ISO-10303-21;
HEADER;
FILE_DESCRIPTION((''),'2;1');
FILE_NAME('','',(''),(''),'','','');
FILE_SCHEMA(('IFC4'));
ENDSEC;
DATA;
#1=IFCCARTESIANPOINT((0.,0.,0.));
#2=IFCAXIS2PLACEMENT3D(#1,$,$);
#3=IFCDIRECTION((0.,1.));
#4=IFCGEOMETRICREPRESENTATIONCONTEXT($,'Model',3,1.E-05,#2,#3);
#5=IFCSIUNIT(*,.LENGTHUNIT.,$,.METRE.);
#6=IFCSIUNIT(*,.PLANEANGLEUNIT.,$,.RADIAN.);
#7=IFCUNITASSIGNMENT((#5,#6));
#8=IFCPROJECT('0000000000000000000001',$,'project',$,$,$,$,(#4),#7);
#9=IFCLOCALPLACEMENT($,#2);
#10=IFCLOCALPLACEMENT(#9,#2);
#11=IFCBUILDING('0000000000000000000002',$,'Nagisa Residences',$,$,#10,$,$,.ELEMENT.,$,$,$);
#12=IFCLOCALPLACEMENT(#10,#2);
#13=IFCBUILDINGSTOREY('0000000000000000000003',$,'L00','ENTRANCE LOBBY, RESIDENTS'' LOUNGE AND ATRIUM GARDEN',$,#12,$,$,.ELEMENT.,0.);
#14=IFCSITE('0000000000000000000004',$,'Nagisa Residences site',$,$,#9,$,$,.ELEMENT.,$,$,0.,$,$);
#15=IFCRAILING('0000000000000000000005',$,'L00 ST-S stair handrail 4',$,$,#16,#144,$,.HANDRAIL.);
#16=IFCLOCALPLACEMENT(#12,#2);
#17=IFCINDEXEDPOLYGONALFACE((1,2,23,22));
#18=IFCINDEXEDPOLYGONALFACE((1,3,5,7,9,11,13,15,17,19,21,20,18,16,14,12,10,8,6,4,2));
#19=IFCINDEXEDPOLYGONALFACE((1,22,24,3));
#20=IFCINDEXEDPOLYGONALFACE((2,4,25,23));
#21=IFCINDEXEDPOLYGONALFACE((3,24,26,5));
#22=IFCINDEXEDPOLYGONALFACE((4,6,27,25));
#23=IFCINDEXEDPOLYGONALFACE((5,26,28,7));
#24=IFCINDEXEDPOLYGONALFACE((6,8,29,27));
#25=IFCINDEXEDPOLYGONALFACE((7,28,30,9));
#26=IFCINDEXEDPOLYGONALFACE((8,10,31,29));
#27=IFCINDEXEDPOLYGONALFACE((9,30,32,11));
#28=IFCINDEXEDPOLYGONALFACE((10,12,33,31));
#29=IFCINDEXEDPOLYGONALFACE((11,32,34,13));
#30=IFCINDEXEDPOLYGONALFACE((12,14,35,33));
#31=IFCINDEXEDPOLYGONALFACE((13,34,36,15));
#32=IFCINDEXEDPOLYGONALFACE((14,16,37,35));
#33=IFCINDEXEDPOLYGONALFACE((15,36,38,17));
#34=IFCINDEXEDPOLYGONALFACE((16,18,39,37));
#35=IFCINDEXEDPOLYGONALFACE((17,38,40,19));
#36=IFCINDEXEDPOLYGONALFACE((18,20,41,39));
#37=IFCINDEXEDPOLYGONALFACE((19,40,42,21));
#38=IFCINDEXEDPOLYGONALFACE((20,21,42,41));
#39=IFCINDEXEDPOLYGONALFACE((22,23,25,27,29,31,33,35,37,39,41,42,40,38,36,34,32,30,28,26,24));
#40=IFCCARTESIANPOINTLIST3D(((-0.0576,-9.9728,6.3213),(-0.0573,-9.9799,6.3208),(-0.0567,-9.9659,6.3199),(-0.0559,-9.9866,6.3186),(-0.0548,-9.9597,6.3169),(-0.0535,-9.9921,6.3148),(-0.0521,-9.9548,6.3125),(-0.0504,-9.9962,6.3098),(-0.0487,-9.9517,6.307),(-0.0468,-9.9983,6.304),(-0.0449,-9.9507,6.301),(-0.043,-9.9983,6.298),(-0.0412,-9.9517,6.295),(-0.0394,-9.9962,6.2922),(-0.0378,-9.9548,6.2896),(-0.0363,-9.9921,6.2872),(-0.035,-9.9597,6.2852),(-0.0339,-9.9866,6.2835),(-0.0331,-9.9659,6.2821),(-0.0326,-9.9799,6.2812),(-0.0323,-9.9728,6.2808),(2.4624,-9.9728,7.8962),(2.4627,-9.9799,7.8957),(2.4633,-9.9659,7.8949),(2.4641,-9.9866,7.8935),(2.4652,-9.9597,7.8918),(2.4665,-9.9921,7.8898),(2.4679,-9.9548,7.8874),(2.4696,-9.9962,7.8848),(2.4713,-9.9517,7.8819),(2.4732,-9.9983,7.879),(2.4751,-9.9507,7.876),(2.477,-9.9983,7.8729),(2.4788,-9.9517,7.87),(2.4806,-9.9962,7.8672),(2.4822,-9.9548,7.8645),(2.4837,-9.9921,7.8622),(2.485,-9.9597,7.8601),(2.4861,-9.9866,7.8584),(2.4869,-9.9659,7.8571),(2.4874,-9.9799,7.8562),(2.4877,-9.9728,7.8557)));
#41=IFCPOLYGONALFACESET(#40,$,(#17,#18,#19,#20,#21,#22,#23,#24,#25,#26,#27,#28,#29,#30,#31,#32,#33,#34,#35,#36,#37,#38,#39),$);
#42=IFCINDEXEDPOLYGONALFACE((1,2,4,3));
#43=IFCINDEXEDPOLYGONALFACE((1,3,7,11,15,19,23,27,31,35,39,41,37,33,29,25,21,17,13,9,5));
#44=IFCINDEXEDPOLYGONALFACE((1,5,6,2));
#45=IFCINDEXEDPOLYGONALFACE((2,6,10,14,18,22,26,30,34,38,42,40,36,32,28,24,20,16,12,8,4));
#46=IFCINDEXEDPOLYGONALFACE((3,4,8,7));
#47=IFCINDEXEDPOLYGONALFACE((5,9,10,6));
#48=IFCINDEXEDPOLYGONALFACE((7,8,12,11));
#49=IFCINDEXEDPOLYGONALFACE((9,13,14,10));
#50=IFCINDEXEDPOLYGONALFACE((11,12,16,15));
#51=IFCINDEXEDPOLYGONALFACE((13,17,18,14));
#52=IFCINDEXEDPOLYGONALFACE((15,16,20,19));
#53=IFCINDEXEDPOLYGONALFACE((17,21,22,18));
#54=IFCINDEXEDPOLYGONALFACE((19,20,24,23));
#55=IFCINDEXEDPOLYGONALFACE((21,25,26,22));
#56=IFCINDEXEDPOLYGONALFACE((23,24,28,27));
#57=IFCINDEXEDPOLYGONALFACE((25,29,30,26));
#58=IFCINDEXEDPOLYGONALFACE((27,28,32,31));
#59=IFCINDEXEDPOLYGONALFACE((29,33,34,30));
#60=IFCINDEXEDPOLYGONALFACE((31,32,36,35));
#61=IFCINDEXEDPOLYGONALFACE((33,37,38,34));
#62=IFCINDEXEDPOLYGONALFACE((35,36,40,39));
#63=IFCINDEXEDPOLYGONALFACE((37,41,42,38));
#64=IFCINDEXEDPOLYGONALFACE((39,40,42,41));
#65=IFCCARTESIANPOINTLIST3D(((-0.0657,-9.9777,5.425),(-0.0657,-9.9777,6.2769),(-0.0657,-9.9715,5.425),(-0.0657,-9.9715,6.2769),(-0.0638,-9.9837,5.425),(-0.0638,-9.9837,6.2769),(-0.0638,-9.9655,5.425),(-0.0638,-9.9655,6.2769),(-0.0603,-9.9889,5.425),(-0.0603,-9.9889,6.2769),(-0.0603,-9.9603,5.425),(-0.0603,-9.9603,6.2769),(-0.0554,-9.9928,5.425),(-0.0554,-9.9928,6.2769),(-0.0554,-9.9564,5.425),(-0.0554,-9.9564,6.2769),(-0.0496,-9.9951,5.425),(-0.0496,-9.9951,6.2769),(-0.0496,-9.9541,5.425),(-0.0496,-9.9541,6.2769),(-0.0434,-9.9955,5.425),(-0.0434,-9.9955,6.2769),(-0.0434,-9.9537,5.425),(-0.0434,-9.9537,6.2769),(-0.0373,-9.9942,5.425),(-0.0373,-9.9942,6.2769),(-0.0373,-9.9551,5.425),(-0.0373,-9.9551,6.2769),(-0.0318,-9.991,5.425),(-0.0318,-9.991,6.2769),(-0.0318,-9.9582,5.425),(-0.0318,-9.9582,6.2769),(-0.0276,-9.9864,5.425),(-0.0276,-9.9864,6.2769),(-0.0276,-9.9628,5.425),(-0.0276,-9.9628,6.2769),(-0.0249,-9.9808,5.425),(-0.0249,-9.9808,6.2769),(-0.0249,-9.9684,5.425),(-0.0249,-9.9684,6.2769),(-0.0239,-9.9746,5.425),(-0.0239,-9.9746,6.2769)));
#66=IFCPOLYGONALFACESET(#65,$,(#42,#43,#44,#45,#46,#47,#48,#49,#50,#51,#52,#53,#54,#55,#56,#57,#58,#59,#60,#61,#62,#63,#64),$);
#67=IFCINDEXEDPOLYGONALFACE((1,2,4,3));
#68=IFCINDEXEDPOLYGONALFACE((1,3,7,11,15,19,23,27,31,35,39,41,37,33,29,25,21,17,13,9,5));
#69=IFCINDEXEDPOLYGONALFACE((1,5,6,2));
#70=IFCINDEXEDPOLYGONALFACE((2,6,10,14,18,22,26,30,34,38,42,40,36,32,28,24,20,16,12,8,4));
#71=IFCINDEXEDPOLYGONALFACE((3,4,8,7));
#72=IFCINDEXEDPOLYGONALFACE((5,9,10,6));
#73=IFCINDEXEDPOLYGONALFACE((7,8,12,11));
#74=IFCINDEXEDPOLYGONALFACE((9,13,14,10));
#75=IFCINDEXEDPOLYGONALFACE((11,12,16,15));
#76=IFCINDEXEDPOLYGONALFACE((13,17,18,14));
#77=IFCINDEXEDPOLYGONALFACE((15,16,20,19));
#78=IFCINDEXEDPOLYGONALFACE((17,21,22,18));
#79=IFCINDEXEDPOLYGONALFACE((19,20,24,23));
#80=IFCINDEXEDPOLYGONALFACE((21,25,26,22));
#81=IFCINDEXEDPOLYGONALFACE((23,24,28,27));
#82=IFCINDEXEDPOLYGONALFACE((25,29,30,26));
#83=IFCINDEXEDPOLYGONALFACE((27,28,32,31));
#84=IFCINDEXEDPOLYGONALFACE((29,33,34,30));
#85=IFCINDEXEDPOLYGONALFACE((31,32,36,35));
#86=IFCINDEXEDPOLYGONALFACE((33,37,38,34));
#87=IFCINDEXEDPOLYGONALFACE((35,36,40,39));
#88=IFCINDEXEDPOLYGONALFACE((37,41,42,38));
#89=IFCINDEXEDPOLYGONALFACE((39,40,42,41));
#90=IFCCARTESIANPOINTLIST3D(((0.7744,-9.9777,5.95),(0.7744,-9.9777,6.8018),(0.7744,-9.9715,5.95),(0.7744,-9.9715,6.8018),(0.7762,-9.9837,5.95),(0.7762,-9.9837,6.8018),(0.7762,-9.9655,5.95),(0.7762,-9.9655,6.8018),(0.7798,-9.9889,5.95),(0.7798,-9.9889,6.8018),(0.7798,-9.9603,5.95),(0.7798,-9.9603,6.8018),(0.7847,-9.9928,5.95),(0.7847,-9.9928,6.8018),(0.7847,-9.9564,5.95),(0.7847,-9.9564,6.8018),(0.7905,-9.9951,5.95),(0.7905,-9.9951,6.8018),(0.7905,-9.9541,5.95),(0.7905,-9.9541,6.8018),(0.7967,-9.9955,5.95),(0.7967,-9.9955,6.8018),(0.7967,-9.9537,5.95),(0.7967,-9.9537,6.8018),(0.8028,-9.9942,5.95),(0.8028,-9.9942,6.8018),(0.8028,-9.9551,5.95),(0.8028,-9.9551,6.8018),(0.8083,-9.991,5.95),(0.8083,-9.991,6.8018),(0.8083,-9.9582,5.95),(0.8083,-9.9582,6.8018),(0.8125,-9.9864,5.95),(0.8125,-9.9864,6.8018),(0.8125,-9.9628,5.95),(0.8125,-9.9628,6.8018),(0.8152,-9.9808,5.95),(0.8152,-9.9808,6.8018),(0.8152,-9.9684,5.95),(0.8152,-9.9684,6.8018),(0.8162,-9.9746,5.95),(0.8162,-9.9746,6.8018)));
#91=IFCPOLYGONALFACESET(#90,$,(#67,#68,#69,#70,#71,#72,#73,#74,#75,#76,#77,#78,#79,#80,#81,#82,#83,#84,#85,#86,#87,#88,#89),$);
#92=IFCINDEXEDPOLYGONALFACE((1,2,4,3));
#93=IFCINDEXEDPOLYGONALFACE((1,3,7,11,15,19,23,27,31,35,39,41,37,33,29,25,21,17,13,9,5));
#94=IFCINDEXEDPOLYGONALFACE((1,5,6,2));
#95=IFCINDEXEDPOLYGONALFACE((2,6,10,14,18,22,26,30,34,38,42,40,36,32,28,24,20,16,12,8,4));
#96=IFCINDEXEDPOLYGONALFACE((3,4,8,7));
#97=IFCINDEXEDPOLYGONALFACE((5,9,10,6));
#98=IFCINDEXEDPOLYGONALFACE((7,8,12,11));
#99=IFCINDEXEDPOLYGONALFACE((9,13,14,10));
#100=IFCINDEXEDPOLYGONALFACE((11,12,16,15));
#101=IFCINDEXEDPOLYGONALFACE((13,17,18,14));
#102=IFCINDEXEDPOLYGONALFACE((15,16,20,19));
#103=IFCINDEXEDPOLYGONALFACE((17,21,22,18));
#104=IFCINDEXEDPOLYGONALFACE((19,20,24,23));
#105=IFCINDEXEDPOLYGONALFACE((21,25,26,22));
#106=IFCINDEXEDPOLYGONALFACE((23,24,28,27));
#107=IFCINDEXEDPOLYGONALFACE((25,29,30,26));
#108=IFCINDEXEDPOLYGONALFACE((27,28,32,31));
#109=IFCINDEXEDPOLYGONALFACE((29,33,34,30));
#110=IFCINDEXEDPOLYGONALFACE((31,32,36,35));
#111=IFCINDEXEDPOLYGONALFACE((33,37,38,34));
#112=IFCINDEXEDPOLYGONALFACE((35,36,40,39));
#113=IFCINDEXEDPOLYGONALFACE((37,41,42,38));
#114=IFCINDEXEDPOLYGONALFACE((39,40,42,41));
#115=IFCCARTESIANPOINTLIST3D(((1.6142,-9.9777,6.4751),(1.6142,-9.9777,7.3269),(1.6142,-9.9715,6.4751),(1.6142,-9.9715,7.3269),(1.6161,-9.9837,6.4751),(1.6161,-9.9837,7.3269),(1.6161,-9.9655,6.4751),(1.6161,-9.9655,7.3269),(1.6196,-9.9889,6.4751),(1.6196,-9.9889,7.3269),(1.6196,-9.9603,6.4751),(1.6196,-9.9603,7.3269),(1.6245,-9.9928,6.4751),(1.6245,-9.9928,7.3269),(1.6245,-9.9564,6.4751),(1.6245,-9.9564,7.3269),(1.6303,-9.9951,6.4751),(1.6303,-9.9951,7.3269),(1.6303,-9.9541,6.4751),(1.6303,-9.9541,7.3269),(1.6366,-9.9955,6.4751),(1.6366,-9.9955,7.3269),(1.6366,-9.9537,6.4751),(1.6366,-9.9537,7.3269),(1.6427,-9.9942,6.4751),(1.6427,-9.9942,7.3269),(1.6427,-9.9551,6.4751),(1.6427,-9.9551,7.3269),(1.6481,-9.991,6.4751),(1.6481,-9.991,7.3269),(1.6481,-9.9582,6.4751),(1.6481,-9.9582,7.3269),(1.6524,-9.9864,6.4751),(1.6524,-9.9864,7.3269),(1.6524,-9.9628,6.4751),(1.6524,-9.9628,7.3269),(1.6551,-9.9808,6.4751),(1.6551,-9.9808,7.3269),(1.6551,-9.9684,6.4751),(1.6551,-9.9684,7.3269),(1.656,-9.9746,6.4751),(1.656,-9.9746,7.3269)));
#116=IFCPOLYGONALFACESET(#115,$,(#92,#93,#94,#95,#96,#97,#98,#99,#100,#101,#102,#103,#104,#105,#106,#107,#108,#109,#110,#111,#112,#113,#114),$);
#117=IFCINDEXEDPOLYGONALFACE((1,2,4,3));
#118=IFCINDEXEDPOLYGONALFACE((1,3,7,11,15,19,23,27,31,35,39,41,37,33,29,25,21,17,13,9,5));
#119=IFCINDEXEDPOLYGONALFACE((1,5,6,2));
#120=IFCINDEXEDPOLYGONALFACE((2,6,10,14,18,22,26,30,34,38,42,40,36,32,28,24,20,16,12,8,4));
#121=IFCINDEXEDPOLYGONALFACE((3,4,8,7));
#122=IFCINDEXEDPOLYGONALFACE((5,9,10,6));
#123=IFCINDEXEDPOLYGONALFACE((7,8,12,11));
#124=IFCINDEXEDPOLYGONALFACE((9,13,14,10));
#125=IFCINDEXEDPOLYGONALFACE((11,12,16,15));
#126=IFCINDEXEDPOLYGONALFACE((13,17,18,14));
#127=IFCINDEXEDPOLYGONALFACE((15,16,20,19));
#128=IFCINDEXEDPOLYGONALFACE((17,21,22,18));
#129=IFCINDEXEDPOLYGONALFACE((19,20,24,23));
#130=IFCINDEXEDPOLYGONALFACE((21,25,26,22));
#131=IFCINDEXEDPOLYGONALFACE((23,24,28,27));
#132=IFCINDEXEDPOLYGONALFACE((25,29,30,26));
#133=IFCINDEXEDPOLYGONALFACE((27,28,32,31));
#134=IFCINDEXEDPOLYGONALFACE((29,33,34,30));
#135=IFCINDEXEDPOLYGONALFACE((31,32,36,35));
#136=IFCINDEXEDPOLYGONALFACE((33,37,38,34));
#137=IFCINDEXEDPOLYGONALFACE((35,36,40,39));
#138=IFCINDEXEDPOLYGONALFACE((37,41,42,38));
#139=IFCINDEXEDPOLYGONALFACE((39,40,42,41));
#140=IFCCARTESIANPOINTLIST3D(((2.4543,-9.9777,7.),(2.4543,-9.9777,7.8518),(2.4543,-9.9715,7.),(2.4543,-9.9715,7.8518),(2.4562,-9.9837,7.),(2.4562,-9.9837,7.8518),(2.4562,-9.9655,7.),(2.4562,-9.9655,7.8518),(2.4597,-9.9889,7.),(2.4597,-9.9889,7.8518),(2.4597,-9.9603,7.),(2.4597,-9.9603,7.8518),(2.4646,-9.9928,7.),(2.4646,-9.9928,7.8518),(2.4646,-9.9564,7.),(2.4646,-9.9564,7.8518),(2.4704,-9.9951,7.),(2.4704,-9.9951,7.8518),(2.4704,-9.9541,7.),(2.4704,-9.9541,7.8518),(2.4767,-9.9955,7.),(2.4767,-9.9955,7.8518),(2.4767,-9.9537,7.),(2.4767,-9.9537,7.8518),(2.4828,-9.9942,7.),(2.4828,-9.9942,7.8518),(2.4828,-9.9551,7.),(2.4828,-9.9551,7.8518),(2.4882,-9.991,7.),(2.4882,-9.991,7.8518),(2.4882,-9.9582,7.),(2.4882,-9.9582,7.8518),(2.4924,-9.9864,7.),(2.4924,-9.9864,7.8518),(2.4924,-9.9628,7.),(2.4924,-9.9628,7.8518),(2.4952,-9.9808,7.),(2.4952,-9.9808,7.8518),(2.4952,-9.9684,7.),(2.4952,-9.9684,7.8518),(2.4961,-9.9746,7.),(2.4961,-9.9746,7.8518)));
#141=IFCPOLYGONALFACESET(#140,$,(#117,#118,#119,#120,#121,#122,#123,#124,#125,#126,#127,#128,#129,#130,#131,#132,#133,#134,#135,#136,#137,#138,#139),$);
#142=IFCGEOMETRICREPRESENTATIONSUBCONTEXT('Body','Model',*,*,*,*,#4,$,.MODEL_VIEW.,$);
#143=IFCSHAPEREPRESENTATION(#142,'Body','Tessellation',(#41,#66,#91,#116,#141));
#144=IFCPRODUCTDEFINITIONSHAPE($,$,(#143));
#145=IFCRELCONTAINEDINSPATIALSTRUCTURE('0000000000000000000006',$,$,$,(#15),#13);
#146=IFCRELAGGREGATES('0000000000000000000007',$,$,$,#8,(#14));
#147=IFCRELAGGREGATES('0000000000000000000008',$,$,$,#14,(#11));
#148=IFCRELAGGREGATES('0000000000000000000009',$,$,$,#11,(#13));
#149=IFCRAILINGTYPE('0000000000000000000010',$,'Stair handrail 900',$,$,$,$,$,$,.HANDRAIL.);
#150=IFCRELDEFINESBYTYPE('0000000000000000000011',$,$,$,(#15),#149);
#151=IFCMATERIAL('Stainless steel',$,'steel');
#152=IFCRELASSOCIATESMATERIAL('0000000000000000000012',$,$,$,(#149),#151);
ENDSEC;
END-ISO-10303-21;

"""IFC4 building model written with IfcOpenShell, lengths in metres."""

from ifc_helpers import new_model, si_unit, direction, frame, origin, origin_2d, place, context, subcontext, project, spatial, circle, extrude, material, type_object, element, save


model = new_model("IFC4")

# Units and contexts
model_context = context("Model", 3, precision=1e-05, world=origin(), true_north=direction((0.0, 1.0)))
body_context = subcontext(model_context, "Body", "Model", "MODEL_VIEW")
ifc_project = project(units=[si_unit("LENGTHUNIT", "METRE"), si_unit("PLANEANGLEUNIT", "RADIAN")], contexts=[model_context])

# Site, building, storey
site_placement = place(None, origin())
site = spatial("IfcSite", under=ifc_project, at=site_placement, Name="Nagisa Residences site", CompositionType="ELEMENT", RefElevation=0.0)
building_placement = place(site_placement, origin())
building = spatial("IfcBuilding", under=site, at=building_placement, Name="Nagisa Residences", CompositionType="ELEMENT")
storey_placement = place(building_placement, origin())
storey = spatial("IfcBuildingStorey", under=building, at=storey_placement, Name="L00", Description="ENTRANCE LOBBY, RESIDENTS' LOUNGE AND ATRIUM GARDEN", CompositionType="ELEMENT", Elevation=0.0)

# Railing
ifc_material_1 = material(Name="Stainless steel", Category="steel")
railing_type_1 = type_object("IfcRailingType", Name="Stair handrail 900", PredefinedType="HANDRAIL", material=ifc_material_1)
for number, where, name in (
    (1, (-0.0449, -9.9746, 5.425), "L00 ST-S stair handrail 4"),
):
    element("IfcRailing", number, at=place(storey_placement, frame(where)), inside=storey, type_object=railing_type_1, Name=name, PredefinedType="HANDRAIL", context=body_context, shape_type="SweptSolid", body=[
        extrude(circle(Radius=0.0239, at=origin_2d()), frame((0.0, 0.0, 0.876), z_axis=(0.848008, 0.0, 0.529984), x_axis=(0.0, 1.0, 0.0)), (0.0, 0.0, 1.0), 2.9717),
        extrude(circle(Radius=0.021, at=origin_2d()), origin(), (0.0, 0.0, 1.0), 0.8518),
        extrude(circle(Radius=0.021, at=origin_2d()), frame((0.8401, 0.0, 0.5249)), (0.0, 0.0, 1.0), 0.8518),
        extrude(circle(Radius=0.021, at=origin_2d()), frame((1.6799, 0.0, 1.05)), (0.0, 0.0, 1.0), 0.8518),
        extrude(circle(Radius=0.021, at=origin_2d()), frame((2.52, 0.0, 1.575)), (0.0, 0.0, 1.0), 0.8518),
    ])

save(model, "model.ifc")
